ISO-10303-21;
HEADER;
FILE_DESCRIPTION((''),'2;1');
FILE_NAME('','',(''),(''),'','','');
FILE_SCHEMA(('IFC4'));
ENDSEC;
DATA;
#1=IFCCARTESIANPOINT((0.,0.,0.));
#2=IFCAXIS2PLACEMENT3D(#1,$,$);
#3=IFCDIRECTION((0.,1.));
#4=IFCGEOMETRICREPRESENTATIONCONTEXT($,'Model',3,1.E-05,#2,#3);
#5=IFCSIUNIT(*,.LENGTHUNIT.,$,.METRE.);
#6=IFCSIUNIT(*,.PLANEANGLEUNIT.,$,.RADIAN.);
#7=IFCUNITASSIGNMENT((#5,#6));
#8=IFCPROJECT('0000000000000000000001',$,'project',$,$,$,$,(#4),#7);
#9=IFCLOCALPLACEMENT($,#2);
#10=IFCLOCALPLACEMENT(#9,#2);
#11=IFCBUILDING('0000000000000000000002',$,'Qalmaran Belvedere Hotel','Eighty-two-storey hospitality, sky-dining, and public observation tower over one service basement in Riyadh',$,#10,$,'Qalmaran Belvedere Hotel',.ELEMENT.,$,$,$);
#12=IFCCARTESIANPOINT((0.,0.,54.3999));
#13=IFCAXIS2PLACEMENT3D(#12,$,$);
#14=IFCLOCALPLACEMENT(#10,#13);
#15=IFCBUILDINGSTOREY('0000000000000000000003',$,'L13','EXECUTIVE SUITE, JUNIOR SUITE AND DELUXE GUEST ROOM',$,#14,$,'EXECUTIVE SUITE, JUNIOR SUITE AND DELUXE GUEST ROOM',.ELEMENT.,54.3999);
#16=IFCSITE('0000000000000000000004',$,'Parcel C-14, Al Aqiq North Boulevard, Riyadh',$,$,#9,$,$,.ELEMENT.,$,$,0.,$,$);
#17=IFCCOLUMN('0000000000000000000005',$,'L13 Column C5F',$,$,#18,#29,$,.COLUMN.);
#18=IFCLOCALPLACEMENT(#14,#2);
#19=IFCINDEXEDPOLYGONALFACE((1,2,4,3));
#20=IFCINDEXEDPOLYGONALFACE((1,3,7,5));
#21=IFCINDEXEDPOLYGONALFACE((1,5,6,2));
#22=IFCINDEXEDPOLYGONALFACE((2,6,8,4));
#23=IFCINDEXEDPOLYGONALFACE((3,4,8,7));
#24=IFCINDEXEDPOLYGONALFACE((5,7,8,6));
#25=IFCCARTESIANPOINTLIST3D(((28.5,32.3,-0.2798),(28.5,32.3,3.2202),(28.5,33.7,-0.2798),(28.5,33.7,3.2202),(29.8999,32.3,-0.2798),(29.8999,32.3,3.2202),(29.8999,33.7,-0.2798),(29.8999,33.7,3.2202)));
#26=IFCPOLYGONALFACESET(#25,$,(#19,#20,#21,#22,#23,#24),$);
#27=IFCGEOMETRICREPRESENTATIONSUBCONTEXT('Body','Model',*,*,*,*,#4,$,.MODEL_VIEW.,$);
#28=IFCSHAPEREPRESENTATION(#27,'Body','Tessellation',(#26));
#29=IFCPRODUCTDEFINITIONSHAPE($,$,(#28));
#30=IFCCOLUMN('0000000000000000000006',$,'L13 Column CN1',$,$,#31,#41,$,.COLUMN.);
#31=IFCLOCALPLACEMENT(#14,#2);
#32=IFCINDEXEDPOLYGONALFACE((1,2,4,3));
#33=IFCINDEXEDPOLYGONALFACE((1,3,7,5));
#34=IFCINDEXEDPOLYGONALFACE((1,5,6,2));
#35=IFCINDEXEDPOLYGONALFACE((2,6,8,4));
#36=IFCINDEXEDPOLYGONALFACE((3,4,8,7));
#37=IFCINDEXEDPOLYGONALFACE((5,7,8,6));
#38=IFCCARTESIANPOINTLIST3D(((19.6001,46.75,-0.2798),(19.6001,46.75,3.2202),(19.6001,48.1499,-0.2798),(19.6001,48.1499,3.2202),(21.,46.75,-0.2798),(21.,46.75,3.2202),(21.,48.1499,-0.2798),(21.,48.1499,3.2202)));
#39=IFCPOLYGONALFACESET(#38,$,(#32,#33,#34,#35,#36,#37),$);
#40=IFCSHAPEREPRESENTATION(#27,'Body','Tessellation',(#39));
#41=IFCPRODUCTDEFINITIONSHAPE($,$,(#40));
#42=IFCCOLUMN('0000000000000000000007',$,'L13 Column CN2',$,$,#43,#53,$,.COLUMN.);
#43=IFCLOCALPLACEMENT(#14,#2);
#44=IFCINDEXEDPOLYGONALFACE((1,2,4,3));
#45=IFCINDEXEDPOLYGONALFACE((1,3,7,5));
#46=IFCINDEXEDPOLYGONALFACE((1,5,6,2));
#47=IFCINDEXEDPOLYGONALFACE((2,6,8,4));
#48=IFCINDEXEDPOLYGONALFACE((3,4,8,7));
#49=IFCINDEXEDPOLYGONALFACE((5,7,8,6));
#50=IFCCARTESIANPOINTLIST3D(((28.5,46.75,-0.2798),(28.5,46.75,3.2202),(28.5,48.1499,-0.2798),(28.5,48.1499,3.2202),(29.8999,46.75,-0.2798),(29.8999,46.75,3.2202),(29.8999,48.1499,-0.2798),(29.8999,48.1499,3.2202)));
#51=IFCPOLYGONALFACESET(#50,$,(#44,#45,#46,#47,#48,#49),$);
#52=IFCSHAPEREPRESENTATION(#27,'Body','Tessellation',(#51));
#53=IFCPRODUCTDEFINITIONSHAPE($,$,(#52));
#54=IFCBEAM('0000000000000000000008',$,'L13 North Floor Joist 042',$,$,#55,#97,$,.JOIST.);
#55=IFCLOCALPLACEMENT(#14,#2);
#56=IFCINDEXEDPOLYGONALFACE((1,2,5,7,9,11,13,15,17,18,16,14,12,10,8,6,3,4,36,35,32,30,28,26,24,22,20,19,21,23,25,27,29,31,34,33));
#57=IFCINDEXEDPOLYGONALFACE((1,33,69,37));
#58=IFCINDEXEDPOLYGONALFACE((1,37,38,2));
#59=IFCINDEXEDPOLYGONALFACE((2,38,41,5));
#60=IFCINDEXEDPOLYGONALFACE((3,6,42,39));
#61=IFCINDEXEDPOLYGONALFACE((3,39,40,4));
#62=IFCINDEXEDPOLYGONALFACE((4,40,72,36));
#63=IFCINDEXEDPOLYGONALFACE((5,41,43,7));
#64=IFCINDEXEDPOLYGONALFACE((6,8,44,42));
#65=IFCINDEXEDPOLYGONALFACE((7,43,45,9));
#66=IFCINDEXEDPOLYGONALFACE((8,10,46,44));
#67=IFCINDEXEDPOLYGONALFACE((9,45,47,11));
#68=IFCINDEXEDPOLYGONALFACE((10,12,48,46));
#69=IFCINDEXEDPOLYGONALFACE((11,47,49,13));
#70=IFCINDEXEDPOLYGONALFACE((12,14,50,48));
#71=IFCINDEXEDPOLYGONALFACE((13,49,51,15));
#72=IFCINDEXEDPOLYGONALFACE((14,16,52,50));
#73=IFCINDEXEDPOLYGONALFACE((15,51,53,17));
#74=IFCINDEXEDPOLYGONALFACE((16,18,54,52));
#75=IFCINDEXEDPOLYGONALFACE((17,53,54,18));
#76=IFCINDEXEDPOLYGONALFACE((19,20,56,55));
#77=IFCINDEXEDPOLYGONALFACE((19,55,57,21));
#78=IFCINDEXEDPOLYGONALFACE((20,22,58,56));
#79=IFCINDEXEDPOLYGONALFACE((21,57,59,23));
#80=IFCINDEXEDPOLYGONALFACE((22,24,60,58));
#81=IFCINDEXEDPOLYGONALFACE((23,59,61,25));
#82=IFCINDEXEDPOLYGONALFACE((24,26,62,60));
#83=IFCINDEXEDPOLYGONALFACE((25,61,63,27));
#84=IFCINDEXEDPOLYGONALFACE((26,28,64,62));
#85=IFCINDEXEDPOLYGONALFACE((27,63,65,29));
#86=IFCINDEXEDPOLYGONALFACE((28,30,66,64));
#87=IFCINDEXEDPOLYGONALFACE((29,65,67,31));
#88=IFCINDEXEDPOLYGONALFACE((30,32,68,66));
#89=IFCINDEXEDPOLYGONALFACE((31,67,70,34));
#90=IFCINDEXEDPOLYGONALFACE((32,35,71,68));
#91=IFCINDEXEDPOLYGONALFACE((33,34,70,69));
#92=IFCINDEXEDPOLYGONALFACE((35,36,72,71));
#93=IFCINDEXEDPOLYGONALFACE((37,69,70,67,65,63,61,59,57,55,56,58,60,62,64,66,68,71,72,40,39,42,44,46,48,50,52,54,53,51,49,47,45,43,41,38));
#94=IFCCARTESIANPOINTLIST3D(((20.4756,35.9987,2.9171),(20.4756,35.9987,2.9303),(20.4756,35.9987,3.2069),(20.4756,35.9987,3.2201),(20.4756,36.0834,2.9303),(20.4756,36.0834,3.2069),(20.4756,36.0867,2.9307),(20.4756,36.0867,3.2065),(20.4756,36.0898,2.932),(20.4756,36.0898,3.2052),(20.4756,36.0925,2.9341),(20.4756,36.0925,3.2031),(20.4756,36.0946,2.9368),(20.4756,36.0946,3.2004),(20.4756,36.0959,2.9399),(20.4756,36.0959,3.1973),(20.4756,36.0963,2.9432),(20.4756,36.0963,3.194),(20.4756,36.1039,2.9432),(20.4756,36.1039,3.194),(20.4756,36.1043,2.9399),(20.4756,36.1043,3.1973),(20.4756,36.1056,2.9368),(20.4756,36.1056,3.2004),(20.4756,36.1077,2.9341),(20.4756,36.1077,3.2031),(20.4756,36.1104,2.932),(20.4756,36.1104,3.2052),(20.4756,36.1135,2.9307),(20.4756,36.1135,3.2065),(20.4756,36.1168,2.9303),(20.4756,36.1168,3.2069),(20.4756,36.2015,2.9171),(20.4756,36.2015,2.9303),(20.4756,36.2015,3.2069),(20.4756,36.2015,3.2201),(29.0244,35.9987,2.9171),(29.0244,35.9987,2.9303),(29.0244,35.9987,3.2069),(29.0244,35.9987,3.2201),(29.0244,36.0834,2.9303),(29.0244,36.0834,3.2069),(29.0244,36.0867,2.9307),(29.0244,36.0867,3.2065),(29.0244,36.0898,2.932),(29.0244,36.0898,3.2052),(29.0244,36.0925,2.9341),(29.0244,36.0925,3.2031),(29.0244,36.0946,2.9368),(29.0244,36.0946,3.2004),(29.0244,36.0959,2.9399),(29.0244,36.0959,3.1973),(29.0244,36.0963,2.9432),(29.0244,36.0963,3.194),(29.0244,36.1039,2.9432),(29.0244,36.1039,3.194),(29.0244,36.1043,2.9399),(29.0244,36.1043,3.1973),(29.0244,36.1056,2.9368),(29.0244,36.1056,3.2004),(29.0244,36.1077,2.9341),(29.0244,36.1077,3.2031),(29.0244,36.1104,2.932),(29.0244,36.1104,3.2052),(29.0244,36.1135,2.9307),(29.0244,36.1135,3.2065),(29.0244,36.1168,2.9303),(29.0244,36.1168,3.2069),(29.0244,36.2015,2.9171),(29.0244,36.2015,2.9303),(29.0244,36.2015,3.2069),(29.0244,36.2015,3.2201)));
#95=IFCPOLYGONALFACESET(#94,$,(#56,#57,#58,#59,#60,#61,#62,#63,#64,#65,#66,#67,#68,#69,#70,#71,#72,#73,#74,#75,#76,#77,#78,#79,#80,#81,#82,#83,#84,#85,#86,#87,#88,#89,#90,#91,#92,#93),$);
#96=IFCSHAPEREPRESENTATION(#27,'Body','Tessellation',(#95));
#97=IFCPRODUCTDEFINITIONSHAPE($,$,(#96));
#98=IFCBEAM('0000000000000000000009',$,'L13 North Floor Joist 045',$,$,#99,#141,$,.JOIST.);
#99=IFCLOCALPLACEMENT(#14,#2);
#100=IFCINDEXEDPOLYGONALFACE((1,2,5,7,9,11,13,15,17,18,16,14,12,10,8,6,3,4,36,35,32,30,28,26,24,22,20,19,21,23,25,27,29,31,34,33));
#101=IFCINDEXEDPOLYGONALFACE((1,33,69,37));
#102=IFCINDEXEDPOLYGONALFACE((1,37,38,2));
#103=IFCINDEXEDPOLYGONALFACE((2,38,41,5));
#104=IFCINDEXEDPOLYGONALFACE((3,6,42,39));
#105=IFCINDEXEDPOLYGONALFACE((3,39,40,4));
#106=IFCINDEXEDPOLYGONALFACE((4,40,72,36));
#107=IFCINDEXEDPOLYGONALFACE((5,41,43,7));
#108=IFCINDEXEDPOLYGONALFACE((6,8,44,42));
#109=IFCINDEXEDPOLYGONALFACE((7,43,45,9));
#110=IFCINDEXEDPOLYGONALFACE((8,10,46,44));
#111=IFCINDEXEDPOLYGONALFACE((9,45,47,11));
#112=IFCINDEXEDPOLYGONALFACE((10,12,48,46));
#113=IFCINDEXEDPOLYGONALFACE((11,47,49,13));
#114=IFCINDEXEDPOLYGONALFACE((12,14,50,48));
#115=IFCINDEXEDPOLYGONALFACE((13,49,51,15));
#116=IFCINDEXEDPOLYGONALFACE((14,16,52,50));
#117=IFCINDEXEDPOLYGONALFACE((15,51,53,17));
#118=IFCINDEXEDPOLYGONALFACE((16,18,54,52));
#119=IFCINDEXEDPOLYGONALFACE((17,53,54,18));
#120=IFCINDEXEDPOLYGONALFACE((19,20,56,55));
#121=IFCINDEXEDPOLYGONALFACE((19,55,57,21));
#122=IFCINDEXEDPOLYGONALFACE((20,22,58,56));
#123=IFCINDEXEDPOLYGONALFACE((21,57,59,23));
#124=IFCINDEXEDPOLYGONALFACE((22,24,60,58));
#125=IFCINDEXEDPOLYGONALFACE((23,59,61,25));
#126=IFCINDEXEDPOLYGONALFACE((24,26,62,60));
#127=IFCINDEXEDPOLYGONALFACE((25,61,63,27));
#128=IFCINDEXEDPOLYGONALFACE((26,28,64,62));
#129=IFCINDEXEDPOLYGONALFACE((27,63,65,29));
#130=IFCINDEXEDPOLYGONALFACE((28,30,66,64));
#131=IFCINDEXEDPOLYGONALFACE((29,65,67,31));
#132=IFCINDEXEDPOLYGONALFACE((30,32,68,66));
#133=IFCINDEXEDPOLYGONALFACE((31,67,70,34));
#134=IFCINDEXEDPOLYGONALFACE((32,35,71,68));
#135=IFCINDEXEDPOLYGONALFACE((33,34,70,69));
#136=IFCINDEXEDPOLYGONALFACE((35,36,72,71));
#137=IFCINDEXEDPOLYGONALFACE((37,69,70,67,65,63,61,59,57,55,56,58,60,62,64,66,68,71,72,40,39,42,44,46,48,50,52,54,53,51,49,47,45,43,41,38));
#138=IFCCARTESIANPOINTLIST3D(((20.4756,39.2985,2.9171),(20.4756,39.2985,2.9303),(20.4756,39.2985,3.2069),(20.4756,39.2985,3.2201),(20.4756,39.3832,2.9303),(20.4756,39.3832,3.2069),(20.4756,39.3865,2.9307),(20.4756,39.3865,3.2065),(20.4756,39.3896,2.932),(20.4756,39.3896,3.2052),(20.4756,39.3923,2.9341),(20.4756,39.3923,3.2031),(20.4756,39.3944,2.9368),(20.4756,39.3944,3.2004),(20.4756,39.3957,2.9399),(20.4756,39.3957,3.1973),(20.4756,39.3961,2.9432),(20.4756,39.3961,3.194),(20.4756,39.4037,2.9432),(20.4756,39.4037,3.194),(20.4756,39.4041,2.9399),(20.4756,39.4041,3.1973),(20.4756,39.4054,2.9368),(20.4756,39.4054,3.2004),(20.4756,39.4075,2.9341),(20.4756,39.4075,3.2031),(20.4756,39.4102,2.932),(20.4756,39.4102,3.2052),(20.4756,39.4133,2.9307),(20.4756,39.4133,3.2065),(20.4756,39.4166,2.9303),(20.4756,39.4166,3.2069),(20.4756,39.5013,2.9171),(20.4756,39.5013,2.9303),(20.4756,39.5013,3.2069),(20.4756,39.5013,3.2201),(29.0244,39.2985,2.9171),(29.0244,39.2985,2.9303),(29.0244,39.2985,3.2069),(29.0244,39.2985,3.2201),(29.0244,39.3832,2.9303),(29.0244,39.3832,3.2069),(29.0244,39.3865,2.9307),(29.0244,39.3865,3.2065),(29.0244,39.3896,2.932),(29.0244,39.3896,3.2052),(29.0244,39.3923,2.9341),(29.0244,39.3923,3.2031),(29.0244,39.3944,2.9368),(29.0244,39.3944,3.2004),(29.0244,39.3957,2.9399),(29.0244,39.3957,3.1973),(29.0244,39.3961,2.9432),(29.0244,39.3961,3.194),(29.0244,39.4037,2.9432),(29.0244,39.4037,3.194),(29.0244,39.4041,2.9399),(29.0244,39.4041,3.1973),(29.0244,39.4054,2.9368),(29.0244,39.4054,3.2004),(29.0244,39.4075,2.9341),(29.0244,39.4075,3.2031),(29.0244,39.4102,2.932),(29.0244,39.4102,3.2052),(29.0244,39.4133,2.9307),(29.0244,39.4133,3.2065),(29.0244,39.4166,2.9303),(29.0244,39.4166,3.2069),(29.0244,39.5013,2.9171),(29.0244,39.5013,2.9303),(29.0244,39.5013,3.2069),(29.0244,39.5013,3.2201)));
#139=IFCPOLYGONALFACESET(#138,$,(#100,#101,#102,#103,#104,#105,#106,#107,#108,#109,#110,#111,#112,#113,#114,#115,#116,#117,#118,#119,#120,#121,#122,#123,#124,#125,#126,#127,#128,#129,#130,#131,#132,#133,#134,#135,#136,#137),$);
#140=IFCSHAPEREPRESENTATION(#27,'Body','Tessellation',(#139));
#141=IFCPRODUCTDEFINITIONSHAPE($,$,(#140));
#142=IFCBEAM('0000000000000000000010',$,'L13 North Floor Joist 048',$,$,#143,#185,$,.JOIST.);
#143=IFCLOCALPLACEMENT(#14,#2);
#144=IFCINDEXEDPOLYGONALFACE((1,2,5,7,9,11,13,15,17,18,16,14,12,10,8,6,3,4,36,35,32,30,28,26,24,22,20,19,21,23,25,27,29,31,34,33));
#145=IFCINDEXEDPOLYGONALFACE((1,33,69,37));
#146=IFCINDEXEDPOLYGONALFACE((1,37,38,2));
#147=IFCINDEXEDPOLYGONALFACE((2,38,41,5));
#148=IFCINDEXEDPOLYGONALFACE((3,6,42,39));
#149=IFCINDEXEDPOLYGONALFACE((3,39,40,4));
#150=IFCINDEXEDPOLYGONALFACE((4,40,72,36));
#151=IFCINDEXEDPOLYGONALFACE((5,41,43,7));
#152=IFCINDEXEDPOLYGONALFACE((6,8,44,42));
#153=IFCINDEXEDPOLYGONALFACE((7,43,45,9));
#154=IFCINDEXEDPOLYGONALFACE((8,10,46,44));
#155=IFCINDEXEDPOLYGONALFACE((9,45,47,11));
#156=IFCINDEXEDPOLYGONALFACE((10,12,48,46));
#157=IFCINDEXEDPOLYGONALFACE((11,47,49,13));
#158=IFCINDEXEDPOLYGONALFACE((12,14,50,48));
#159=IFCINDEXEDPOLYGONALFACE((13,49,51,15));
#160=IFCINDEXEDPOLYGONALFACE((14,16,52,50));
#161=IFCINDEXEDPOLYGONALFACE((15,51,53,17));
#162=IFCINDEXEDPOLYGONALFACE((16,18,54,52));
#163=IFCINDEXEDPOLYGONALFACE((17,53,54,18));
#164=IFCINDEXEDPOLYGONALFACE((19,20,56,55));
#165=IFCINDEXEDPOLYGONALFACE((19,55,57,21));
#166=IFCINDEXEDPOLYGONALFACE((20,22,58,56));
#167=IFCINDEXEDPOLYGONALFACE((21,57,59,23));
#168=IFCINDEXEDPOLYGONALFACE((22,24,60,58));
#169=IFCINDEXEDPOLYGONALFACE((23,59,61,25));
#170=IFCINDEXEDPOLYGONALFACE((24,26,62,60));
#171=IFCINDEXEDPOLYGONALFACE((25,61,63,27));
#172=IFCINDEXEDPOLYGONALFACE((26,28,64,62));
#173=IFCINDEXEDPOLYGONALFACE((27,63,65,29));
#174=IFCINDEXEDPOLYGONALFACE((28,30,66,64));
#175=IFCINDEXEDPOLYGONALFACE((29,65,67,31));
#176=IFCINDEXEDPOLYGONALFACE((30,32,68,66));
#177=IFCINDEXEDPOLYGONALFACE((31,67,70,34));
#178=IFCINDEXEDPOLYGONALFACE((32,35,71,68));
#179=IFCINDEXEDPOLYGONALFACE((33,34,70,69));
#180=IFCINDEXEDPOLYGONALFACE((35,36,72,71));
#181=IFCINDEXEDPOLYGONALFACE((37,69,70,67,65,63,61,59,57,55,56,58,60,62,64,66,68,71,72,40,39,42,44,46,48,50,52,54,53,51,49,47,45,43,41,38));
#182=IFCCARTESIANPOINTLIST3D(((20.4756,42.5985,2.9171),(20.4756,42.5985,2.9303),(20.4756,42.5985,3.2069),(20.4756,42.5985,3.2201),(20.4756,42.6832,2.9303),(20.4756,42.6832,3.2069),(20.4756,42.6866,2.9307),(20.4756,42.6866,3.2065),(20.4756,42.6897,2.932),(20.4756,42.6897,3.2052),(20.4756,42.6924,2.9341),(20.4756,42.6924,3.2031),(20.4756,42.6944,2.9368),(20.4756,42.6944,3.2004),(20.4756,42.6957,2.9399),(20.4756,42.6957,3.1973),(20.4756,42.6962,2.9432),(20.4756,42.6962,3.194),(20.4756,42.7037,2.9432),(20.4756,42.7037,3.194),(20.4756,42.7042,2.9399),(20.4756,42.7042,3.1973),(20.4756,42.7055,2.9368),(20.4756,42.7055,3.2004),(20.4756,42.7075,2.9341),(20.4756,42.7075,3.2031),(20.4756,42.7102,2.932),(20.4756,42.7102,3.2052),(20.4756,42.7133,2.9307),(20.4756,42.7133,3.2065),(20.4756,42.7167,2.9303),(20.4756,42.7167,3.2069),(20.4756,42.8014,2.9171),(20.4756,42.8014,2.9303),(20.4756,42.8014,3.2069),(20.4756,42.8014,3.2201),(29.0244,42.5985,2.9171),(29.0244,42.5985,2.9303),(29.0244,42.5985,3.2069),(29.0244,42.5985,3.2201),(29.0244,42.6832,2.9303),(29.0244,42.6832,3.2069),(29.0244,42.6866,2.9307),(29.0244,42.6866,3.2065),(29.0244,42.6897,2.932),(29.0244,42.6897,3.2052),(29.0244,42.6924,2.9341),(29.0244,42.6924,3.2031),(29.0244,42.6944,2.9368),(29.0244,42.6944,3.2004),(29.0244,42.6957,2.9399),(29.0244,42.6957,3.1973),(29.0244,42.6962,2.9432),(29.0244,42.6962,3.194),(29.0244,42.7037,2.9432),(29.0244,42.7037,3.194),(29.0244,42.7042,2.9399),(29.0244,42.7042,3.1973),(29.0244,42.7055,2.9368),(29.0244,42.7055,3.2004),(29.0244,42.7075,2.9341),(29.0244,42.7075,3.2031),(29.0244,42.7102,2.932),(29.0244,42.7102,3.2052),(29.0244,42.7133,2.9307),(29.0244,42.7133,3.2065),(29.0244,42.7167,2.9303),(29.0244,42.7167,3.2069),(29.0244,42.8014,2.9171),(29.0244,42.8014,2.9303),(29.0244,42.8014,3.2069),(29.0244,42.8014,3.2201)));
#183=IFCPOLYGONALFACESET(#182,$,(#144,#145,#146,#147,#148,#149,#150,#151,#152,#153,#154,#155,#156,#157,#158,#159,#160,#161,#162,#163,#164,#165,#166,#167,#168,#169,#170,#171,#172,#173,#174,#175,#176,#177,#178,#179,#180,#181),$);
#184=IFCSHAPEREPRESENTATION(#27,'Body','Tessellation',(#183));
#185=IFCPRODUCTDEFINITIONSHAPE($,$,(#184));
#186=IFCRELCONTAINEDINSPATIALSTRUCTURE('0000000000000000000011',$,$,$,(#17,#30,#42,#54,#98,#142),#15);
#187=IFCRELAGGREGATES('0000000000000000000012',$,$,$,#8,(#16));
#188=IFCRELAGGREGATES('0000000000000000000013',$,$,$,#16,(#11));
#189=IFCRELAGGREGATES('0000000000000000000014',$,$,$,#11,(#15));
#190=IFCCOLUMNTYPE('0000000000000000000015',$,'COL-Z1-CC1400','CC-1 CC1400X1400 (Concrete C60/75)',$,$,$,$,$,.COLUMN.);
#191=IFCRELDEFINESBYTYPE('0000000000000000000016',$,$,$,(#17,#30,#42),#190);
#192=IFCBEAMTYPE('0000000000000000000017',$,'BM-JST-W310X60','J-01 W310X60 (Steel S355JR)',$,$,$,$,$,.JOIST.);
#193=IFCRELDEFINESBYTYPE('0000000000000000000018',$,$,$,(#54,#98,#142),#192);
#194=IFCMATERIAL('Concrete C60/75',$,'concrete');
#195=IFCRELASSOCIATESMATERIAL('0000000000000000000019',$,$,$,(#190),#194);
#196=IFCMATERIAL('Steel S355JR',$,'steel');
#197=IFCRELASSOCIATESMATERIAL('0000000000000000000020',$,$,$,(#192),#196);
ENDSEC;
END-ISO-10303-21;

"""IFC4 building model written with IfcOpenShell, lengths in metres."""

from ifc_helpers import new_model, si_unit, direction, frame, origin, origin_2d, place, context, subcontext, project, spatial, rectangle, i_section, extrude, material, material_profile, profile_set, type_object, element, save


model = new_model("IFC4")

# Units and contexts
model_context = context("Model", 3, precision=1e-05, world=origin(), true_north=direction((0.0, 1.0)))
body_context = subcontext(model_context, "Body", "Model", "MODEL_VIEW")
ifc_project = project(units=[si_unit("LENGTHUNIT", "METRE"), si_unit("PLANEANGLEUNIT", "RADIAN")], contexts=[model_context])

# Site, building, storey
site_placement = place(None, origin())
site = spatial("IfcSite", under=ifc_project, at=site_placement, Name="Parcel C-14, Al Aqiq North Boulevard, Riyadh", CompositionType="ELEMENT", RefElevation=0.0)
building_placement = place(site_placement, origin())
building = spatial("IfcBuilding", under=site, at=building_placement, Name="Qalmaran Belvedere Hotel", Description="Eighty-two-storey hospitality, sky-dining, and public observation tower over one service basement in Riyadh", LongName="Qalmaran Belvedere Hotel", CompositionType="ELEMENT")
storey_placement = place(building_placement, frame((0.0, 0.0, 54.3999)))
storey = spatial("IfcBuildingStorey", under=building, at=storey_placement, Name="L13", Description="EXECUTIVE SUITE, JUNIOR SUITE AND DELUXE GUEST ROOM", LongName="EXECUTIVE SUITE, JUNIOR SUITE AND DELUXE GUEST ROOM", CompositionType="ELEMENT", Elevation=54.3999)

# Columns
ifc_material_1 = material(Name="Concrete C60/75", Category="concrete")
ifc_material_profile_1 = material_profile(ifc_material_1, rectangle(XDim=1.3999, YDim=1.3999, at=origin_2d()), Name="CC1400X1400")
ifc_profile_set_1 = profile_set([ifc_material_profile_1], Name="Concrete C60/75")
column_type = type_object("IfcColumnType", Name="COL-Z1-CC1400", Description="CC-1 CC1400X1400 (Concrete C60/75)", PredefinedType="COLUMN", material=ifc_profile_set_1)
for number, where, z_axis, x_axis, name in (
    (1, (29.2, 33.0, -0.2798), (0.0, 0.0, 1.0), (1.0, 0.0, 0.0), "L13 Column C5F"),
    (2, (20.3, 47.45, -0.2798), (0.0, 0.0, 1.0), (1.0, 0.0, 0.0), "L13 Column CN1"),
    (3, (29.2, 47.45, -0.2798), (0.0, 0.0, 1.0), (1.0, 0.0, 0.0), "L13 Column CN2"),
):
    element("IfcColumn", number, at=place(storey_placement, frame(where, z_axis=z_axis, x_axis=x_axis)), inside=storey, type_object=column_type, Name=name, PredefinedType="COLUMN", context=body_context, shape_type="SweptSolid", body=[
        extrude(rectangle(XDim=1.3999, YDim=1.3999, at=origin_2d()), origin(), (0.0, 0.0, 1.0), 3.5),
    ])

# Beams
ifc_material_2 = material(Name="Steel S355JR", Category="steel")
ifc_material_profile_2 = material_profile(ifc_material_2, i_section(OverallWidth=0.2029, OverallDepth=0.303, WebThickness=0.0076, FlangeThickness=0.0132, FilletRadius=0.0129, at=origin_2d()), Name="W310X60")
ifc_profile_set_2 = profile_set([ifc_material_profile_2], Name="Steel S355JR")
beam_type_1 = type_object("IfcBeamType", Name="BM-JST-W310X60", Description="J-01 W310X60 (Steel S355JR)", PredefinedType="JOIST", material=ifc_profile_set_2)
for number, where, z_axis, x_axis, name in (
    (4, (20.4756, 36.1001, 3.0686), (1.0, 0.0, 0.0), (0.0, 1.0, 0.0), "L13 North Floor Joist 042"),
    (5, (20.4756, 39.3999, 3.0686), (1.0, 0.0, 0.0), (0.0, 1.0, 0.0), "L13 North Floor Joist 045"),
    (6, (20.4756, 42.7, 3.0686), (1.0, 0.0, 0.0), (0.0, 1.0, 0.0), "L13 North Floor Joist 048"),
):
    element("IfcBeam", number, at=place(storey_placement, frame(where, z_axis=z_axis, x_axis=x_axis)), inside=storey, type_object=beam_type_1, Name=name, PredefinedType="JOIST", context=body_context, shape_type="SweptSolid", body=[
        extrude(i_section(OverallWidth=0.2029, OverallDepth=0.303, WebThickness=0.0076, FlangeThickness=0.0132, FilletRadius=0.0129, at=origin_2d()), origin(), (0.0, 0.0, 1.0), 8.5488),
    ])

save(model, "model.ifc")
